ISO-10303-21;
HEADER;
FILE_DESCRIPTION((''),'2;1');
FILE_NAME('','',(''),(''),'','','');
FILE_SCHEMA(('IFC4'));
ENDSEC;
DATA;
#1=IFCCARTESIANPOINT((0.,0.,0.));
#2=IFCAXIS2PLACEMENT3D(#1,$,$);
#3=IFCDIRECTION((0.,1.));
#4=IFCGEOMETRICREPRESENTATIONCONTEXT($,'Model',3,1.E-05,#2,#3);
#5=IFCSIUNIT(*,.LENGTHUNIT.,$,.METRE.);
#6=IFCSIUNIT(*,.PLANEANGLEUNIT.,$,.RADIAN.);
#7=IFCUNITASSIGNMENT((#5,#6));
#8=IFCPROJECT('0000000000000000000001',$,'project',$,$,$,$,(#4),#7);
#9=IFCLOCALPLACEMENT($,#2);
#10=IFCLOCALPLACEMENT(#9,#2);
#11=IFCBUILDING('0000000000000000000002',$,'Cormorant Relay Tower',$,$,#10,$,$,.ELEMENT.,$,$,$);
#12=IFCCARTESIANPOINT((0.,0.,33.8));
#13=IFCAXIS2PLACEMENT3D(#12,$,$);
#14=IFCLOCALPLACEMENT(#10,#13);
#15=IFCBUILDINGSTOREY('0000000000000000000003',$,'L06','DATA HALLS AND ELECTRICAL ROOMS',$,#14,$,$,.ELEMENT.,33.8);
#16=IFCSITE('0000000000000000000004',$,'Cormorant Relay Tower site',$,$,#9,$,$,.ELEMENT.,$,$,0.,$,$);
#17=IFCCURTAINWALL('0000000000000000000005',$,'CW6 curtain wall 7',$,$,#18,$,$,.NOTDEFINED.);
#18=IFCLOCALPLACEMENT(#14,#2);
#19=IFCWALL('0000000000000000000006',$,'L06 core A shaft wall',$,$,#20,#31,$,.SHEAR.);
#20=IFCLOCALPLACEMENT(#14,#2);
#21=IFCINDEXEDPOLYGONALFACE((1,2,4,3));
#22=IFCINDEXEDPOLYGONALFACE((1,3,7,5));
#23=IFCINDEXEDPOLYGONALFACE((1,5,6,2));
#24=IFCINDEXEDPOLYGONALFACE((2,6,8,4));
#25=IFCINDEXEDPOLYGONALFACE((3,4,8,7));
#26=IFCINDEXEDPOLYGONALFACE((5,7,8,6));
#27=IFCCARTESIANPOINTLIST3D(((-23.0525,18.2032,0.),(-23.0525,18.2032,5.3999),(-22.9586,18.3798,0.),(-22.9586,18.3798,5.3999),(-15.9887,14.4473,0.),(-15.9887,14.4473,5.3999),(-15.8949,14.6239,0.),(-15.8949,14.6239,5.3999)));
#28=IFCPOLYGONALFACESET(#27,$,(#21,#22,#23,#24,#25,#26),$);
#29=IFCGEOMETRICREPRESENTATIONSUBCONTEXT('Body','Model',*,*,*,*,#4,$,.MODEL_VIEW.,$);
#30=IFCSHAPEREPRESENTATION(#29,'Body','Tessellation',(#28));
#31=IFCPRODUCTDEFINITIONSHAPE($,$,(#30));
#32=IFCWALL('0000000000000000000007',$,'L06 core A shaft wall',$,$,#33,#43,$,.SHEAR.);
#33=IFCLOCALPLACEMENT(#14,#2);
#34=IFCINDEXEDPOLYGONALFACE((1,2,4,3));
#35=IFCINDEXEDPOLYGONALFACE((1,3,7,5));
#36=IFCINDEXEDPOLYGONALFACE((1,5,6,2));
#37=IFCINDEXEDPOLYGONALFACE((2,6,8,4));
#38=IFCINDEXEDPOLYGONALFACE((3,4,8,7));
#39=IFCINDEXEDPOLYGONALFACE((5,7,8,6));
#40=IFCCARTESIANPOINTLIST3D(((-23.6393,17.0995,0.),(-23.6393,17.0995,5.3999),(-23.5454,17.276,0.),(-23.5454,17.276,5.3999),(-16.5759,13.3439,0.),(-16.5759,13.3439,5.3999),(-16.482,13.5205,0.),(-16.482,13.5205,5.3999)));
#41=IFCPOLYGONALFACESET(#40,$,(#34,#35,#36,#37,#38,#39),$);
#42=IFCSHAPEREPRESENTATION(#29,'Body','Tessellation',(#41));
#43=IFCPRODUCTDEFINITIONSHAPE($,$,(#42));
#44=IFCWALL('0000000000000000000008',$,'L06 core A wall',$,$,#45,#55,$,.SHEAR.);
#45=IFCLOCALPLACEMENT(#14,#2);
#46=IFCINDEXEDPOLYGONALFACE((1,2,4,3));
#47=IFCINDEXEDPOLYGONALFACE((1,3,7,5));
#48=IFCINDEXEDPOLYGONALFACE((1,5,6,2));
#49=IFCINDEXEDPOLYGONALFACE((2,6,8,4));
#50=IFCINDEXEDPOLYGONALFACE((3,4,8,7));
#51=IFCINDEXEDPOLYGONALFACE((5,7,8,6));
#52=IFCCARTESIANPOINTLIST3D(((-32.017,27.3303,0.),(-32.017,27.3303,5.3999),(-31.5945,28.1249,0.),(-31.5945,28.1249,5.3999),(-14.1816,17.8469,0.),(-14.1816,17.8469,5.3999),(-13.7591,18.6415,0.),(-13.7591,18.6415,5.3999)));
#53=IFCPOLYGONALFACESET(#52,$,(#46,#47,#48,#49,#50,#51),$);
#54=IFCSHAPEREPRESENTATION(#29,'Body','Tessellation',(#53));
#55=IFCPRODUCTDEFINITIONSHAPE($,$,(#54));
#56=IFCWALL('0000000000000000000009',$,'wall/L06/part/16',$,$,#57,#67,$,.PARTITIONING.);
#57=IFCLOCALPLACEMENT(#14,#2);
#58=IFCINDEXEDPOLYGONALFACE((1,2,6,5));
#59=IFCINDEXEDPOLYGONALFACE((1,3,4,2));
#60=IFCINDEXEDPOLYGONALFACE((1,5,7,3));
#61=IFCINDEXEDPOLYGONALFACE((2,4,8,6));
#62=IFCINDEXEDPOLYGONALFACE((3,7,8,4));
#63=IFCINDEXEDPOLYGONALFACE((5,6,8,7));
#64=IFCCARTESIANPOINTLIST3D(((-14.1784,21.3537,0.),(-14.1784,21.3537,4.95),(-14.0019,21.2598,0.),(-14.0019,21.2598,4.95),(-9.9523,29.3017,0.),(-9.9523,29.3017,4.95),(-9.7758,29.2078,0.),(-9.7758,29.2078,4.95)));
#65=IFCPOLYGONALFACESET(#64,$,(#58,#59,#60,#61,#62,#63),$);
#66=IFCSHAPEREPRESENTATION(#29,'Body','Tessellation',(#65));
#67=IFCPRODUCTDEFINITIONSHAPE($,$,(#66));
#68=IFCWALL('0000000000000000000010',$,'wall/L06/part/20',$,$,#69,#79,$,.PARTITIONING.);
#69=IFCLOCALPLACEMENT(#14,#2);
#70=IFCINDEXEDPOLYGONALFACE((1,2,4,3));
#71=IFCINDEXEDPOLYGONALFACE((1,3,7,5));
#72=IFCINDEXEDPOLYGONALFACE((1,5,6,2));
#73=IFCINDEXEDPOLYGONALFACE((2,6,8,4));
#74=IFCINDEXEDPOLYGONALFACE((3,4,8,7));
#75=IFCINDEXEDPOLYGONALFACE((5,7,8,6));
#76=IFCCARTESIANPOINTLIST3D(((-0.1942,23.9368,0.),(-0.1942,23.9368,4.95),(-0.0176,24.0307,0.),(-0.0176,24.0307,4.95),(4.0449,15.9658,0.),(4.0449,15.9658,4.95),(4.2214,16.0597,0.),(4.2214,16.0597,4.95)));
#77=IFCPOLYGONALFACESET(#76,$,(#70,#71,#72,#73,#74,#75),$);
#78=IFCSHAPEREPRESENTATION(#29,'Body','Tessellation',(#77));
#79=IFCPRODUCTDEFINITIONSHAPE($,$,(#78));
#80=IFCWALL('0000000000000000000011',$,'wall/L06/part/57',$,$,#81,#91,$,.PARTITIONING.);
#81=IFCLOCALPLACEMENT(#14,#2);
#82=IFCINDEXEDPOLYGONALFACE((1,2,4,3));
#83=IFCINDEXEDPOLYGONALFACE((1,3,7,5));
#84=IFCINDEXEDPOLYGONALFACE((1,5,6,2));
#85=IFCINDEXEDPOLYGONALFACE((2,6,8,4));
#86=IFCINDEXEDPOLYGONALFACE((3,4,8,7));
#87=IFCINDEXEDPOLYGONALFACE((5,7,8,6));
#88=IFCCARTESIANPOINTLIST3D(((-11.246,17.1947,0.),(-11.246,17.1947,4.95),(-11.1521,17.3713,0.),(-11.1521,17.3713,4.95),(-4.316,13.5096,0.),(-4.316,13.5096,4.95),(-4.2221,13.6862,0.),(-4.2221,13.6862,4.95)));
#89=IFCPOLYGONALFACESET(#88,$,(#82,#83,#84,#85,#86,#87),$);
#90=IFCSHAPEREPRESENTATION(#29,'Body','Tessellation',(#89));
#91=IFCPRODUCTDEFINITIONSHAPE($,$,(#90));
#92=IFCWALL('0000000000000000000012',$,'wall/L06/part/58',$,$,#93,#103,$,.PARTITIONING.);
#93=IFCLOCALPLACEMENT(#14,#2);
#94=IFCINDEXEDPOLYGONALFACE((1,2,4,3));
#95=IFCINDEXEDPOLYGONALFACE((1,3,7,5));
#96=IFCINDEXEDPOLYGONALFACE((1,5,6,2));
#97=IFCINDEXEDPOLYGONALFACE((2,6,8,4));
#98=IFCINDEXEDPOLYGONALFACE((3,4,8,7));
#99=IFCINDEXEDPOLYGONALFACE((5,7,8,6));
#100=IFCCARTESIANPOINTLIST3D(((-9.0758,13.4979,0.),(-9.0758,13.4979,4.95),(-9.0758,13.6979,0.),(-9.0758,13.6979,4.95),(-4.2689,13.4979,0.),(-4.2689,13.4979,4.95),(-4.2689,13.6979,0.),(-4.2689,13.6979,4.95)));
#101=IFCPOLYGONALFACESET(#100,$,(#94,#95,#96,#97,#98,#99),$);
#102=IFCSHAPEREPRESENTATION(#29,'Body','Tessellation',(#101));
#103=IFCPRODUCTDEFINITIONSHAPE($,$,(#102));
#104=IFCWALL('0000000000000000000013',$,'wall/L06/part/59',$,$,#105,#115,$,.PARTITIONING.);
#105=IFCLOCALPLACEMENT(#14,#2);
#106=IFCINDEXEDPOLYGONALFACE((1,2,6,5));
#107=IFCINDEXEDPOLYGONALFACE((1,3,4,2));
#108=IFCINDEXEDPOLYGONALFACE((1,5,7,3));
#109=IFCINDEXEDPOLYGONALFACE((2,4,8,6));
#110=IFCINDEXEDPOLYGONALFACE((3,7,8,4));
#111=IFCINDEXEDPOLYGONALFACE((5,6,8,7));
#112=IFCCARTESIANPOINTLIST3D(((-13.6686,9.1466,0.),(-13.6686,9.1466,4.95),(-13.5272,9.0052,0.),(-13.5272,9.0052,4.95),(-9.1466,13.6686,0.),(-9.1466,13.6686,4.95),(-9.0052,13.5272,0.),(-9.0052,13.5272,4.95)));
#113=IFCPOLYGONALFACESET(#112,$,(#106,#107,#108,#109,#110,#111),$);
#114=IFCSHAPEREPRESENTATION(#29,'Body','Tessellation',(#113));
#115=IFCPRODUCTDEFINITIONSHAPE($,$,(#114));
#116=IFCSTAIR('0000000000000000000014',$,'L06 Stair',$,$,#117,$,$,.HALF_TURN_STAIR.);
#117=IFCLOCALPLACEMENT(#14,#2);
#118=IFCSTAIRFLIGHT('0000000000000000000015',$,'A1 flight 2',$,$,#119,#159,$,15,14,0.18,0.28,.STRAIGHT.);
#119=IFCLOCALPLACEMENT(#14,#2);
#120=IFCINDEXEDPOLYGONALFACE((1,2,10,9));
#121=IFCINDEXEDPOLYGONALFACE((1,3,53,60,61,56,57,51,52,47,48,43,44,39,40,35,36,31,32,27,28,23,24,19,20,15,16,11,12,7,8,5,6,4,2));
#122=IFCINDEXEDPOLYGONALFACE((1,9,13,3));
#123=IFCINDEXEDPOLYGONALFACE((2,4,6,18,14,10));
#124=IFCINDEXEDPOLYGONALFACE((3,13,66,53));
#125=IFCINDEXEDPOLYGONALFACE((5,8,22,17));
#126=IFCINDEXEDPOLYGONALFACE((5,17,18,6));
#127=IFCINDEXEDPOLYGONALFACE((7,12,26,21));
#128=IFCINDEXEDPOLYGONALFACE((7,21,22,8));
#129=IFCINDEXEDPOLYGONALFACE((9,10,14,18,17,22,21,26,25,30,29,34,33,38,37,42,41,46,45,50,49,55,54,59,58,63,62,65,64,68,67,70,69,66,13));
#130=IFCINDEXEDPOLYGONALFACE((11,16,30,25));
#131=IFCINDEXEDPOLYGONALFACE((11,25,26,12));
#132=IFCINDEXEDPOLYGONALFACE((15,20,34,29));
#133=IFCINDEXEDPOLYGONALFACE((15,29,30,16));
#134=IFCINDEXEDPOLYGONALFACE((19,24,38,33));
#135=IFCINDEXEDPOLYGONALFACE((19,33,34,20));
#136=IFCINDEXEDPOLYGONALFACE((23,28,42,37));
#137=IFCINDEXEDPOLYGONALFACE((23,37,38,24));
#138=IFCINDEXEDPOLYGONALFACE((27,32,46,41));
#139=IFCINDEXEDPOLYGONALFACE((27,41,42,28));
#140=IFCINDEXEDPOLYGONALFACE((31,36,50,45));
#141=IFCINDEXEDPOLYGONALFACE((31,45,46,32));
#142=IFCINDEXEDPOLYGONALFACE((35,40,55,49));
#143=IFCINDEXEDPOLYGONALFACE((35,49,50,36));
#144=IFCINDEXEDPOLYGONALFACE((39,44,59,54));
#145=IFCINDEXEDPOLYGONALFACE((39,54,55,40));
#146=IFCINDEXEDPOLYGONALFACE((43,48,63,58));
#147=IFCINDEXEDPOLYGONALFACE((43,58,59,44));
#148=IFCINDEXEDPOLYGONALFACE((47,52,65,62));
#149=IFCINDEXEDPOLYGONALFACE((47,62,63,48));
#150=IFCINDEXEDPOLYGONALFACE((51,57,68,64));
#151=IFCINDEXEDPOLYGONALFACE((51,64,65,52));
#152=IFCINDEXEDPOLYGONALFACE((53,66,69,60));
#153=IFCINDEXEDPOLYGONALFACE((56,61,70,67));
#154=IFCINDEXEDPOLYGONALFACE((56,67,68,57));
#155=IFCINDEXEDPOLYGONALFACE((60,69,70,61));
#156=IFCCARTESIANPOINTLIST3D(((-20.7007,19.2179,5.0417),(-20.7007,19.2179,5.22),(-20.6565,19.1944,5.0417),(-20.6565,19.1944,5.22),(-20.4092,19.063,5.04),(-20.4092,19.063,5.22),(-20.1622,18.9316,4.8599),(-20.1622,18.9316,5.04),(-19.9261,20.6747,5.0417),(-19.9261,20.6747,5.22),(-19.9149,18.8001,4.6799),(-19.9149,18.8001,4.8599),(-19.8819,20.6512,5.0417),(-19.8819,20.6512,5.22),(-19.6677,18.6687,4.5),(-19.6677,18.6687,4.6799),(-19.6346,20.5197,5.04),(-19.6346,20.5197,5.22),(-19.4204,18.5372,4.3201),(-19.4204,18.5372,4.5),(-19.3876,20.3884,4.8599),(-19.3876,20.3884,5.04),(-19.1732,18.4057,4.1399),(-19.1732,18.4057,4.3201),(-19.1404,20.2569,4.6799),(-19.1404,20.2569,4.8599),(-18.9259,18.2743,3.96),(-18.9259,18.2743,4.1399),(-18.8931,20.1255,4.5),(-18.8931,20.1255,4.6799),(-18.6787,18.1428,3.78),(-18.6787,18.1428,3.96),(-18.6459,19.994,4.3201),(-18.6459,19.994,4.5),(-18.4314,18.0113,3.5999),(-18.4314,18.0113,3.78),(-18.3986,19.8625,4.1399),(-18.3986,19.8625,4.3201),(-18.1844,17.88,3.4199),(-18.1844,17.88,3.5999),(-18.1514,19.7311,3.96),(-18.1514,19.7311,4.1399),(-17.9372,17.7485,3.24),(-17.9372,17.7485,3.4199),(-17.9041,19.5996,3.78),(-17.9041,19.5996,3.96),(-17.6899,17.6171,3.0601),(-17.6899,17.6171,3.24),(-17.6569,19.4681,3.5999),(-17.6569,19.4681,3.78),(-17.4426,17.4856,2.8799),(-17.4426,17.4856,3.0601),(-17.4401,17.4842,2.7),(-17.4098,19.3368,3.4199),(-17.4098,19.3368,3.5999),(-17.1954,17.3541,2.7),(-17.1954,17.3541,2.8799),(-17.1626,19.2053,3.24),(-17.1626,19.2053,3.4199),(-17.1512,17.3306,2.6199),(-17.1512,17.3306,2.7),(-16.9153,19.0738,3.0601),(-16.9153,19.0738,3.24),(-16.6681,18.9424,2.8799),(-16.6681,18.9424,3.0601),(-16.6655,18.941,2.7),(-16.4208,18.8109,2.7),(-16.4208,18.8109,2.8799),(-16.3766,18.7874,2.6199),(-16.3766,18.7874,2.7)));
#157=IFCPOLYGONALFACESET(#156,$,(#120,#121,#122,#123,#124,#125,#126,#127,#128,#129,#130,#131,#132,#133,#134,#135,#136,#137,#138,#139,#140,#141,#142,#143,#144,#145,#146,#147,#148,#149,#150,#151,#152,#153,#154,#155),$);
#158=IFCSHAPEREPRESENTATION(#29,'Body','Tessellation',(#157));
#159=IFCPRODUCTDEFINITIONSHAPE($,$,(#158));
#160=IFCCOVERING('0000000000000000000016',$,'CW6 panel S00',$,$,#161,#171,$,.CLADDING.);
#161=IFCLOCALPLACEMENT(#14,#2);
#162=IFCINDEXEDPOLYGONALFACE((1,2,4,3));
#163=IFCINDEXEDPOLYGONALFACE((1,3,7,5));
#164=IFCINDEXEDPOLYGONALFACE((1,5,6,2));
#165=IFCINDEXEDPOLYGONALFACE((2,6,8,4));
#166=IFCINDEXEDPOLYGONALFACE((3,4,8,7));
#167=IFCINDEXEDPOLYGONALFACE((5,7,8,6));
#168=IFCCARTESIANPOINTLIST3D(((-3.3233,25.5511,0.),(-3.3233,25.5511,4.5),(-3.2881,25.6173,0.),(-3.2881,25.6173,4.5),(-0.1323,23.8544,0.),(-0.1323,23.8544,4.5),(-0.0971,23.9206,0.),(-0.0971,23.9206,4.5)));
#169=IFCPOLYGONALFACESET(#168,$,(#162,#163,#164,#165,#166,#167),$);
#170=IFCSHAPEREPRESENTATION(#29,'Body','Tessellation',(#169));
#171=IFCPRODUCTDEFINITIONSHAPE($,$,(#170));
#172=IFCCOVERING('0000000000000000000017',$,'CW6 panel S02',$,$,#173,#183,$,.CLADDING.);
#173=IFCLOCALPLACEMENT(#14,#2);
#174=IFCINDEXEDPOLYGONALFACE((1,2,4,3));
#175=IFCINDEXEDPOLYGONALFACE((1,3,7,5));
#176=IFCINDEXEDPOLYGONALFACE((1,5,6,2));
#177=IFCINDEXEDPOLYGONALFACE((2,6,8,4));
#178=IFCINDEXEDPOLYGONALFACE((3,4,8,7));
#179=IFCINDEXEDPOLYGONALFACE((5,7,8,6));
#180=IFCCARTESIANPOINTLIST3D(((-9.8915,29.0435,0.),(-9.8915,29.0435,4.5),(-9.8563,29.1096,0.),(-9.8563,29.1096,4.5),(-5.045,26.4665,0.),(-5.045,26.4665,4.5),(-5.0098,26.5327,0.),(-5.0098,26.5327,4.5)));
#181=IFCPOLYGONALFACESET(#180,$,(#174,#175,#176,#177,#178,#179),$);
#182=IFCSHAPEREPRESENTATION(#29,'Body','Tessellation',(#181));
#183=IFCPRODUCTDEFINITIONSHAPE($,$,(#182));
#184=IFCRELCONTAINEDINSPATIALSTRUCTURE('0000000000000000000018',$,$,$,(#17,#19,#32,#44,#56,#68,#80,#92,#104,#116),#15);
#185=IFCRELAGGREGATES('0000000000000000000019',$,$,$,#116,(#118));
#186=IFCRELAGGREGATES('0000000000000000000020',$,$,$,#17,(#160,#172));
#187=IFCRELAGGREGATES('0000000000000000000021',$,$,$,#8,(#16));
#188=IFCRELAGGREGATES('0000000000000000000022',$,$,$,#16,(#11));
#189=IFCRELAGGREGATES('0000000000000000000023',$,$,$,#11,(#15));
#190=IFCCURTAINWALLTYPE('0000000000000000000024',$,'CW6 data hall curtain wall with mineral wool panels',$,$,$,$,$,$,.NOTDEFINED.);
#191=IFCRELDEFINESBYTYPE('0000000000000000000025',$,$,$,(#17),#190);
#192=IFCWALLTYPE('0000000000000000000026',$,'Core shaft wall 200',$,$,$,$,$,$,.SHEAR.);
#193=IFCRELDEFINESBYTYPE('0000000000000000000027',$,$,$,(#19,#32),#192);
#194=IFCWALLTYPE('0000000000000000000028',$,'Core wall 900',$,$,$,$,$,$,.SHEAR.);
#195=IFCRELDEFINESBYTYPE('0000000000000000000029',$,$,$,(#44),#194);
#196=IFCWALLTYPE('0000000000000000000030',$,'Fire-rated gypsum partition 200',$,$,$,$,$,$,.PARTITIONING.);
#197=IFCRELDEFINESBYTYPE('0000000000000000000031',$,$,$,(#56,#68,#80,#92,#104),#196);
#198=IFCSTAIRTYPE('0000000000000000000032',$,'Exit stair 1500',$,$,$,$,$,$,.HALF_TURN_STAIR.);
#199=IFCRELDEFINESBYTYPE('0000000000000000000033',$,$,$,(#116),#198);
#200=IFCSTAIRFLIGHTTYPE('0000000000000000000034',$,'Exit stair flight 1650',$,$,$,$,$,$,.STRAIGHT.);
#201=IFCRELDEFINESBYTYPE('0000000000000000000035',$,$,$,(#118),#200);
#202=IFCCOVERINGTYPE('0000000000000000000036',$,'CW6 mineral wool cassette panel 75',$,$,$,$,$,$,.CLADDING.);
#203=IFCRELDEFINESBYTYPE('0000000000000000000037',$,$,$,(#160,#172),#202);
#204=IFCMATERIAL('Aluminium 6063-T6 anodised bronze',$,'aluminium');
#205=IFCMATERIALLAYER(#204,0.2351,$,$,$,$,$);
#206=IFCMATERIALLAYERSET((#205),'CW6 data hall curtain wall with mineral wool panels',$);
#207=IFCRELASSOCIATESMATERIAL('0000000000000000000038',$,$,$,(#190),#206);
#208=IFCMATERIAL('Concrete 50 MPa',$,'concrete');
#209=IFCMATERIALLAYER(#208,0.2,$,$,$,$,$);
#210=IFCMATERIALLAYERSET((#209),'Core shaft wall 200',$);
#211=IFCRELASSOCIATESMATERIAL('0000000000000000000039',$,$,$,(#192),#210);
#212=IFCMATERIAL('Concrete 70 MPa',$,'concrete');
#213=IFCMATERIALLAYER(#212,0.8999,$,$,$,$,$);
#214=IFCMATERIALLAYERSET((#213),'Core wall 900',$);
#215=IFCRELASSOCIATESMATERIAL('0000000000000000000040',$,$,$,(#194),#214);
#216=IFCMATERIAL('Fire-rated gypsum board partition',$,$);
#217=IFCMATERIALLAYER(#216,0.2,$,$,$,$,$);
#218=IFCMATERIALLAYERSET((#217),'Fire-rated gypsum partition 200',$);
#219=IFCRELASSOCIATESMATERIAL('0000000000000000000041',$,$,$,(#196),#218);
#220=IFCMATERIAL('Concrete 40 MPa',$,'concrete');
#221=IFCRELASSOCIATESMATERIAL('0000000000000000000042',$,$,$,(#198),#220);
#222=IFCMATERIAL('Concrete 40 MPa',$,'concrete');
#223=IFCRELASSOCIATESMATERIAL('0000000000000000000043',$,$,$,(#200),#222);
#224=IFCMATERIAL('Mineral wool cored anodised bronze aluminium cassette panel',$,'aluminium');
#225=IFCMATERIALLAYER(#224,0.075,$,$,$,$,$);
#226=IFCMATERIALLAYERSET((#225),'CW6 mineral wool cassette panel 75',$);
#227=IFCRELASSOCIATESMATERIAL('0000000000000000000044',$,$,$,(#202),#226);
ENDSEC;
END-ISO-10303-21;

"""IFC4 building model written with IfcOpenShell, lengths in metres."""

from ifc_helpers import new_model, si_unit, direction, frame, frame_2d, origin, origin_2d, place, context, subcontext, project, spatial, polyline, rectangle, outline, extrude, material, layer, layer_set, type_object, element, aggregate, save


model = new_model("IFC4")

# Units and contexts
model_context = context("Model", 3, precision=1e-05, world=origin(), true_north=direction((0.0, 1.0)))
body_context = subcontext(model_context, "Body", "Model", "MODEL_VIEW")
ifc_project = project(units=[si_unit("LENGTHUNIT", "METRE"), si_unit("PLANEANGLEUNIT", "RADIAN")], contexts=[model_context])

# Site, building, storey
site_placement = place(None, origin())
site = spatial("IfcSite", under=ifc_project, at=site_placement, Name="Cormorant Relay Tower site", CompositionType="ELEMENT", RefElevation=0.0)
building_placement = place(site_placement, origin())
building = spatial("IfcBuilding", under=site, at=building_placement, Name="Cormorant Relay Tower", CompositionType="ELEMENT")
storey_placement = place(building_placement, frame((0.0, 0.0, 33.8)))
storey = spatial("IfcBuildingStorey", under=building, at=storey_placement, Name="L06", Description="DATA HALLS AND ELECTRICAL ROOMS", CompositionType="ELEMENT", Elevation=33.8)

# Curtain wall
ifc_material_1 = material(Name="Aluminium 6063-T6 anodised bronze", Category="aluminium")
ifc_layer_1 = layer(ifc_material_1, 0.2351)
ifc_layer_set_1 = layer_set([ifc_layer_1], Name="CW6 data hall curtain wall with mineral wool panels")
curtain_wall_type = type_object("IfcCurtainWallType", Name="CW6 data hall curtain wall with mineral wool panels", PredefinedType="NOTDEFINED", material=ifc_layer_set_1)
curtain_wall_placement = place(storey_placement, origin())
curtain_wall = element("IfcCurtainWall", 1, at=curtain_wall_placement, inside=storey, type_object=curtain_wall_type, Name="CW6 curtain wall 7", PredefinedType="NOTDEFINED")

# Walls
ifc_material_2 = material(Name="Concrete 50 MPa", Category="concrete")
ifc_layer_2 = layer(ifc_material_2, 0.2)
ifc_layer_set_2 = layer_set([ifc_layer_2], Name="Core shaft wall 200")
wall_type_1 = type_object("IfcWallType", Name="Core shaft wall 200", PredefinedType="SHEAR", material=ifc_layer_set_2)
wall_1_placement = place(storey_placement, frame((-15.9419, 14.5356, 0.0), z_axis=(0.0, 0.0, 1.0), x_axis=(-0.882947, 0.469473, 0.0)))
element("IfcWall", 2, at=wall_1_placement, inside=storey, type_object=wall_type_1, Name="L06 core A shaft wall", PredefinedType="SHEAR", context=body_context, shape_type="SweptSolid", body=[
    extrude(rectangle(XDim=8.0002, YDim=0.2, at=frame_2d((4.0, 0.0))), origin(), (0.0, 0.0, 1.0), 5.3999),
])
wall_2_placement = place(storey_placement, frame((-16.5288, 13.4321, 0.0), z_axis=(0.0, 0.0, 1.0), x_axis=(-0.882953, 0.469462, 0.0)))
element("IfcWall", 3, at=wall_2_placement, inside=storey, type_object=wall_type_1, Name="L06 core A shaft wall", PredefinedType="SHEAR", context=body_context, shape_type="SweptSolid", body=[
    extrude(rectangle(XDim=7.9998, YDim=0.2, at=frame_2d((4.0, 0.0))), origin(), (0.0, 0.0, 1.0), 5.3999),
])

# Shared definitions
ifc_material_3 = material(Name="Concrete 70 MPa", Category="concrete")
ifc_layer_3 = layer(ifc_material_3, 0.8999)
ifc_layer_set_3 = layer_set([ifc_layer_3], Name="Core wall 900")
wall_type_2 = type_object("IfcWallType", Name="Core wall 900", PredefinedType="SHEAR", material=ifc_layer_set_3)

# Walls
wall_3_placement = place(storey_placement, frame((-13.9702, 18.2441, 0.0), z_axis=(0.0, 0.0, 1.0), x_axis=(-0.882945, 0.469476, 0.0)))
element("IfcWall", 4, at=wall_3_placement, inside=storey, type_object=wall_type_2, Name="L06 core A wall", PredefinedType="SHEAR", context=body_context, shape_type="SweptSolid", body=[
    extrude(rectangle(XDim=20.2, YDim=0.8999, at=frame_2d((10.1001, 0.0))), origin(), (0.0, 0.0, 1.0), 5.3999),
])
ifc_material_4 = material(Name="Fire-rated gypsum board partition")
ifc_layer_4 = layer(ifc_material_4, 0.2)
ifc_layer_set_4 = layer_set([ifc_layer_4], Name="Fire-rated gypsum partition 200")
wall_type_3 = type_object("IfcWallType", Name="Fire-rated gypsum partition 200", PredefinedType="PARTITIONING", material=ifc_layer_set_4)
wall_4_placement = place(storey_placement, frame((-9.864, 29.2549, 0.0), z_axis=(0.0, 0.0, 1.0), x_axis=(-0.469476, -0.882945, 0.0)))
element("IfcWall", 5, at=wall_4_placement, inside=storey, type_object=wall_type_3, Name="wall/L06/part/16", PredefinedType="PARTITIONING", context=body_context, shape_type="SweptSolid", body=[
    extrude(rectangle(XDim=9.0017, YDim=0.2, at=frame_2d((4.501, 0.0))), origin(), (0.0, 0.0, 1.0), 4.95),
])
wall_5_placement = place(storey_placement, frame((-0.106, 23.9839, 0.0), z_axis=(0.0, 0.0, 1.0), x_axis=(0.469539, -0.882912, 0.0)))
element("IfcWall", 6, at=wall_5_placement, inside=storey, type_object=wall_type_3, Name="wall/L06/part/20", PredefinedType="PARTITIONING", context=body_context, shape_type="SweptSolid", body=[
    extrude(rectangle(XDim=9.0281, YDim=0.2, at=frame_2d((4.5142, 0.0))), origin(), (0.0, 0.0, 1.0), 4.95),
])
wall_6_placement = place(storey_placement, frame((-11.199, 17.283, 0.0), z_axis=(0.0, 0.0, 1.0), x_axis=(0.882929, -0.469506, 0.0)))
element("IfcWall", 7, at=wall_6_placement, inside=storey, type_object=wall_type_3, Name="wall/L06/part/57", PredefinedType="PARTITIONING", context=body_context, shape_type="SweptSolid", body=[
    extrude(rectangle(XDim=7.8489, YDim=0.2, at=frame_2d((3.9243, 0.0))), origin(), (0.0, 0.0, 1.0), 4.95),
])
wall_7_placement = place(storey_placement, frame((-4.269, 13.5979, 0.0), z_axis=(0.0, 0.0, 1.0), x_axis=(-1.0, 0.0, 0.0)))
element("IfcWall", 8, at=wall_7_placement, inside=storey, type_object=wall_type_3, Name="wall/L06/part/58", PredefinedType="PARTITIONING", context=body_context, shape_type="SweptSolid", body=[
    extrude(rectangle(XDim=4.8069, YDim=0.2, at=frame_2d((2.4033, 0.0))), origin(), (0.0, 0.0, 1.0), 4.95),
])
wall_8_placement = place(storey_placement, frame((-9.0759, 13.5979, 0.0), z_axis=(0.0, 0.0, 1.0), x_axis=(-0.707107, -0.707107, 0.0)))
element("IfcWall", 9, at=wall_8_placement, inside=storey, type_object=wall_type_3, Name="wall/L06/part/59", PredefinedType="PARTITIONING", context=body_context, shape_type="SweptSolid", body=[
    extrude(rectangle(XDim=6.395, YDim=0.2, at=frame_2d((3.1975, 0.0))), origin(), (0.0, 0.0, 1.0), 4.95),
])

# Stair, stair flight
ifc_material_5 = material(Name="Concrete 40 MPa", Category="concrete")
stair_type = type_object("IfcStairType", Name="Exit stair 1500", PredefinedType="HALF_TURN_STAIR", material=ifc_material_5)
stair_placement = place(storey_placement, origin())
stair = element("IfcStair", 10, at=stair_placement, inside=storey, type_object=stair_type, Name="L06 Stair", PredefinedType="HALF_TURN_STAIR")
ifc_material_6 = material(Name="Concrete 40 MPa", Category="concrete")
stair_flight_type = type_object("IfcStairFlightType", Name="Exit stair flight 1650", PredefinedType="STRAIGHT", material=ifc_material_6)
stair_flight_placement = place(storey_placement, frame((-16.8081, 18.0825, 2.7), z_axis=(0.0, 0.0, 1.0), x_axis=(-0.882948, 0.469472, 0.0)))
stair_flight = element("IfcStairFlight", 11, at=stair_flight_placement, type_object=stair_flight_type, Name="A1 flight 2", NumberOfRisers=15, NumberOfTreads=14, PredefinedType="STRAIGHT", RiserHeight=0.18, TreadLength=0.28, context=body_context, shape_type="SweptSolid", body=[
    extrude(outline(polyline([(-0.05, -0.0801), (-0.05, 0.0), (0.0, 0.0), (0.0, 0.1799), (0.28, 0.1799), (0.28, 0.3601), (0.5601, 0.3601), (0.5601, 0.54), (0.8401, 0.54), (0.8401, 0.72), (1.1201, 0.72), (1.1201, 0.8999), (1.3999, 0.8999), (1.3999, 1.0801), (1.6799, 1.0801), (1.6799, 1.26), (1.96, 1.26), (1.96, 1.4399), (2.24, 1.4399), (2.24, 1.6201), (2.52, 1.6201), (2.52, 1.8), (2.8, 1.8), (2.8, 1.98), (3.0801, 1.98), (3.0801, 2.1599), (3.3601, 2.1599), (3.3601, 2.3401), (3.6399, 2.3401), (3.6399, 2.52), (3.9199, 2.52), (3.97, 2.52), (3.97, 2.3418), (3.9199, 2.3418), (0.2771, 0.0), (-0.05, -0.0801)])), frame((0.0, 0.825, 0.0), z_axis=(0.0, -1.0, 0.0), x_axis=(1.0, 0.0, 0.0)), (0.0, 0.0, 1.0), 1.6499),
])
aggregate(stair, [stair_flight])

# Coverings
ifc_material_7 = material(Name="Mineral wool cored anodised bronze aluminium cassette panel", Category="aluminium")
ifc_layer_5 = layer(ifc_material_7, 0.075)
ifc_layer_set_5 = layer_set([ifc_layer_5], Name="CW6 mineral wool cassette panel 75")
covering_type = type_object("IfcCoveringType", Name="CW6 mineral wool cassette panel 75", PredefinedType="CLADDING", material=ifc_layer_set_5)
covering_1_placement = place(storey_placement, frame((-1.7102, 24.7358, 0.0), z_axis=(0.0, 0.0, 1.0), x_axis=(-0.882948, 0.469472, 0.0)))
covering_1 = element("IfcCovering", 12, at=covering_1_placement, type_object=covering_type, Name="CW6 panel S00", PredefinedType="CLADDING", context=body_context, shape_type="SweptSolid", body=[
    extrude(rectangle(XDim=3.614, YDim=0.075, at=origin_2d()), origin(), (0.0, 0.0, 1.0), 4.5),
])
covering_2_placement = place(storey_placement, frame((-7.4507, 27.7881, 0.0), z_axis=(0.0, 0.0, 1.0), x_axis=(-0.882948, 0.469472, 0.0)))
covering_2 = element("IfcCovering", 13, at=covering_2_placement, type_object=covering_type, Name="CW6 panel S02", PredefinedType="CLADDING", context=body_context, shape_type="SweptSolid", body=[
    extrude(rectangle(XDim=5.489, YDim=0.075, at=origin_2d()), origin(), (0.0, 0.0, 1.0), 4.5),
])
aggregate(curtain_wall, [covering_1, covering_2])

save(model, "model.ifc")
